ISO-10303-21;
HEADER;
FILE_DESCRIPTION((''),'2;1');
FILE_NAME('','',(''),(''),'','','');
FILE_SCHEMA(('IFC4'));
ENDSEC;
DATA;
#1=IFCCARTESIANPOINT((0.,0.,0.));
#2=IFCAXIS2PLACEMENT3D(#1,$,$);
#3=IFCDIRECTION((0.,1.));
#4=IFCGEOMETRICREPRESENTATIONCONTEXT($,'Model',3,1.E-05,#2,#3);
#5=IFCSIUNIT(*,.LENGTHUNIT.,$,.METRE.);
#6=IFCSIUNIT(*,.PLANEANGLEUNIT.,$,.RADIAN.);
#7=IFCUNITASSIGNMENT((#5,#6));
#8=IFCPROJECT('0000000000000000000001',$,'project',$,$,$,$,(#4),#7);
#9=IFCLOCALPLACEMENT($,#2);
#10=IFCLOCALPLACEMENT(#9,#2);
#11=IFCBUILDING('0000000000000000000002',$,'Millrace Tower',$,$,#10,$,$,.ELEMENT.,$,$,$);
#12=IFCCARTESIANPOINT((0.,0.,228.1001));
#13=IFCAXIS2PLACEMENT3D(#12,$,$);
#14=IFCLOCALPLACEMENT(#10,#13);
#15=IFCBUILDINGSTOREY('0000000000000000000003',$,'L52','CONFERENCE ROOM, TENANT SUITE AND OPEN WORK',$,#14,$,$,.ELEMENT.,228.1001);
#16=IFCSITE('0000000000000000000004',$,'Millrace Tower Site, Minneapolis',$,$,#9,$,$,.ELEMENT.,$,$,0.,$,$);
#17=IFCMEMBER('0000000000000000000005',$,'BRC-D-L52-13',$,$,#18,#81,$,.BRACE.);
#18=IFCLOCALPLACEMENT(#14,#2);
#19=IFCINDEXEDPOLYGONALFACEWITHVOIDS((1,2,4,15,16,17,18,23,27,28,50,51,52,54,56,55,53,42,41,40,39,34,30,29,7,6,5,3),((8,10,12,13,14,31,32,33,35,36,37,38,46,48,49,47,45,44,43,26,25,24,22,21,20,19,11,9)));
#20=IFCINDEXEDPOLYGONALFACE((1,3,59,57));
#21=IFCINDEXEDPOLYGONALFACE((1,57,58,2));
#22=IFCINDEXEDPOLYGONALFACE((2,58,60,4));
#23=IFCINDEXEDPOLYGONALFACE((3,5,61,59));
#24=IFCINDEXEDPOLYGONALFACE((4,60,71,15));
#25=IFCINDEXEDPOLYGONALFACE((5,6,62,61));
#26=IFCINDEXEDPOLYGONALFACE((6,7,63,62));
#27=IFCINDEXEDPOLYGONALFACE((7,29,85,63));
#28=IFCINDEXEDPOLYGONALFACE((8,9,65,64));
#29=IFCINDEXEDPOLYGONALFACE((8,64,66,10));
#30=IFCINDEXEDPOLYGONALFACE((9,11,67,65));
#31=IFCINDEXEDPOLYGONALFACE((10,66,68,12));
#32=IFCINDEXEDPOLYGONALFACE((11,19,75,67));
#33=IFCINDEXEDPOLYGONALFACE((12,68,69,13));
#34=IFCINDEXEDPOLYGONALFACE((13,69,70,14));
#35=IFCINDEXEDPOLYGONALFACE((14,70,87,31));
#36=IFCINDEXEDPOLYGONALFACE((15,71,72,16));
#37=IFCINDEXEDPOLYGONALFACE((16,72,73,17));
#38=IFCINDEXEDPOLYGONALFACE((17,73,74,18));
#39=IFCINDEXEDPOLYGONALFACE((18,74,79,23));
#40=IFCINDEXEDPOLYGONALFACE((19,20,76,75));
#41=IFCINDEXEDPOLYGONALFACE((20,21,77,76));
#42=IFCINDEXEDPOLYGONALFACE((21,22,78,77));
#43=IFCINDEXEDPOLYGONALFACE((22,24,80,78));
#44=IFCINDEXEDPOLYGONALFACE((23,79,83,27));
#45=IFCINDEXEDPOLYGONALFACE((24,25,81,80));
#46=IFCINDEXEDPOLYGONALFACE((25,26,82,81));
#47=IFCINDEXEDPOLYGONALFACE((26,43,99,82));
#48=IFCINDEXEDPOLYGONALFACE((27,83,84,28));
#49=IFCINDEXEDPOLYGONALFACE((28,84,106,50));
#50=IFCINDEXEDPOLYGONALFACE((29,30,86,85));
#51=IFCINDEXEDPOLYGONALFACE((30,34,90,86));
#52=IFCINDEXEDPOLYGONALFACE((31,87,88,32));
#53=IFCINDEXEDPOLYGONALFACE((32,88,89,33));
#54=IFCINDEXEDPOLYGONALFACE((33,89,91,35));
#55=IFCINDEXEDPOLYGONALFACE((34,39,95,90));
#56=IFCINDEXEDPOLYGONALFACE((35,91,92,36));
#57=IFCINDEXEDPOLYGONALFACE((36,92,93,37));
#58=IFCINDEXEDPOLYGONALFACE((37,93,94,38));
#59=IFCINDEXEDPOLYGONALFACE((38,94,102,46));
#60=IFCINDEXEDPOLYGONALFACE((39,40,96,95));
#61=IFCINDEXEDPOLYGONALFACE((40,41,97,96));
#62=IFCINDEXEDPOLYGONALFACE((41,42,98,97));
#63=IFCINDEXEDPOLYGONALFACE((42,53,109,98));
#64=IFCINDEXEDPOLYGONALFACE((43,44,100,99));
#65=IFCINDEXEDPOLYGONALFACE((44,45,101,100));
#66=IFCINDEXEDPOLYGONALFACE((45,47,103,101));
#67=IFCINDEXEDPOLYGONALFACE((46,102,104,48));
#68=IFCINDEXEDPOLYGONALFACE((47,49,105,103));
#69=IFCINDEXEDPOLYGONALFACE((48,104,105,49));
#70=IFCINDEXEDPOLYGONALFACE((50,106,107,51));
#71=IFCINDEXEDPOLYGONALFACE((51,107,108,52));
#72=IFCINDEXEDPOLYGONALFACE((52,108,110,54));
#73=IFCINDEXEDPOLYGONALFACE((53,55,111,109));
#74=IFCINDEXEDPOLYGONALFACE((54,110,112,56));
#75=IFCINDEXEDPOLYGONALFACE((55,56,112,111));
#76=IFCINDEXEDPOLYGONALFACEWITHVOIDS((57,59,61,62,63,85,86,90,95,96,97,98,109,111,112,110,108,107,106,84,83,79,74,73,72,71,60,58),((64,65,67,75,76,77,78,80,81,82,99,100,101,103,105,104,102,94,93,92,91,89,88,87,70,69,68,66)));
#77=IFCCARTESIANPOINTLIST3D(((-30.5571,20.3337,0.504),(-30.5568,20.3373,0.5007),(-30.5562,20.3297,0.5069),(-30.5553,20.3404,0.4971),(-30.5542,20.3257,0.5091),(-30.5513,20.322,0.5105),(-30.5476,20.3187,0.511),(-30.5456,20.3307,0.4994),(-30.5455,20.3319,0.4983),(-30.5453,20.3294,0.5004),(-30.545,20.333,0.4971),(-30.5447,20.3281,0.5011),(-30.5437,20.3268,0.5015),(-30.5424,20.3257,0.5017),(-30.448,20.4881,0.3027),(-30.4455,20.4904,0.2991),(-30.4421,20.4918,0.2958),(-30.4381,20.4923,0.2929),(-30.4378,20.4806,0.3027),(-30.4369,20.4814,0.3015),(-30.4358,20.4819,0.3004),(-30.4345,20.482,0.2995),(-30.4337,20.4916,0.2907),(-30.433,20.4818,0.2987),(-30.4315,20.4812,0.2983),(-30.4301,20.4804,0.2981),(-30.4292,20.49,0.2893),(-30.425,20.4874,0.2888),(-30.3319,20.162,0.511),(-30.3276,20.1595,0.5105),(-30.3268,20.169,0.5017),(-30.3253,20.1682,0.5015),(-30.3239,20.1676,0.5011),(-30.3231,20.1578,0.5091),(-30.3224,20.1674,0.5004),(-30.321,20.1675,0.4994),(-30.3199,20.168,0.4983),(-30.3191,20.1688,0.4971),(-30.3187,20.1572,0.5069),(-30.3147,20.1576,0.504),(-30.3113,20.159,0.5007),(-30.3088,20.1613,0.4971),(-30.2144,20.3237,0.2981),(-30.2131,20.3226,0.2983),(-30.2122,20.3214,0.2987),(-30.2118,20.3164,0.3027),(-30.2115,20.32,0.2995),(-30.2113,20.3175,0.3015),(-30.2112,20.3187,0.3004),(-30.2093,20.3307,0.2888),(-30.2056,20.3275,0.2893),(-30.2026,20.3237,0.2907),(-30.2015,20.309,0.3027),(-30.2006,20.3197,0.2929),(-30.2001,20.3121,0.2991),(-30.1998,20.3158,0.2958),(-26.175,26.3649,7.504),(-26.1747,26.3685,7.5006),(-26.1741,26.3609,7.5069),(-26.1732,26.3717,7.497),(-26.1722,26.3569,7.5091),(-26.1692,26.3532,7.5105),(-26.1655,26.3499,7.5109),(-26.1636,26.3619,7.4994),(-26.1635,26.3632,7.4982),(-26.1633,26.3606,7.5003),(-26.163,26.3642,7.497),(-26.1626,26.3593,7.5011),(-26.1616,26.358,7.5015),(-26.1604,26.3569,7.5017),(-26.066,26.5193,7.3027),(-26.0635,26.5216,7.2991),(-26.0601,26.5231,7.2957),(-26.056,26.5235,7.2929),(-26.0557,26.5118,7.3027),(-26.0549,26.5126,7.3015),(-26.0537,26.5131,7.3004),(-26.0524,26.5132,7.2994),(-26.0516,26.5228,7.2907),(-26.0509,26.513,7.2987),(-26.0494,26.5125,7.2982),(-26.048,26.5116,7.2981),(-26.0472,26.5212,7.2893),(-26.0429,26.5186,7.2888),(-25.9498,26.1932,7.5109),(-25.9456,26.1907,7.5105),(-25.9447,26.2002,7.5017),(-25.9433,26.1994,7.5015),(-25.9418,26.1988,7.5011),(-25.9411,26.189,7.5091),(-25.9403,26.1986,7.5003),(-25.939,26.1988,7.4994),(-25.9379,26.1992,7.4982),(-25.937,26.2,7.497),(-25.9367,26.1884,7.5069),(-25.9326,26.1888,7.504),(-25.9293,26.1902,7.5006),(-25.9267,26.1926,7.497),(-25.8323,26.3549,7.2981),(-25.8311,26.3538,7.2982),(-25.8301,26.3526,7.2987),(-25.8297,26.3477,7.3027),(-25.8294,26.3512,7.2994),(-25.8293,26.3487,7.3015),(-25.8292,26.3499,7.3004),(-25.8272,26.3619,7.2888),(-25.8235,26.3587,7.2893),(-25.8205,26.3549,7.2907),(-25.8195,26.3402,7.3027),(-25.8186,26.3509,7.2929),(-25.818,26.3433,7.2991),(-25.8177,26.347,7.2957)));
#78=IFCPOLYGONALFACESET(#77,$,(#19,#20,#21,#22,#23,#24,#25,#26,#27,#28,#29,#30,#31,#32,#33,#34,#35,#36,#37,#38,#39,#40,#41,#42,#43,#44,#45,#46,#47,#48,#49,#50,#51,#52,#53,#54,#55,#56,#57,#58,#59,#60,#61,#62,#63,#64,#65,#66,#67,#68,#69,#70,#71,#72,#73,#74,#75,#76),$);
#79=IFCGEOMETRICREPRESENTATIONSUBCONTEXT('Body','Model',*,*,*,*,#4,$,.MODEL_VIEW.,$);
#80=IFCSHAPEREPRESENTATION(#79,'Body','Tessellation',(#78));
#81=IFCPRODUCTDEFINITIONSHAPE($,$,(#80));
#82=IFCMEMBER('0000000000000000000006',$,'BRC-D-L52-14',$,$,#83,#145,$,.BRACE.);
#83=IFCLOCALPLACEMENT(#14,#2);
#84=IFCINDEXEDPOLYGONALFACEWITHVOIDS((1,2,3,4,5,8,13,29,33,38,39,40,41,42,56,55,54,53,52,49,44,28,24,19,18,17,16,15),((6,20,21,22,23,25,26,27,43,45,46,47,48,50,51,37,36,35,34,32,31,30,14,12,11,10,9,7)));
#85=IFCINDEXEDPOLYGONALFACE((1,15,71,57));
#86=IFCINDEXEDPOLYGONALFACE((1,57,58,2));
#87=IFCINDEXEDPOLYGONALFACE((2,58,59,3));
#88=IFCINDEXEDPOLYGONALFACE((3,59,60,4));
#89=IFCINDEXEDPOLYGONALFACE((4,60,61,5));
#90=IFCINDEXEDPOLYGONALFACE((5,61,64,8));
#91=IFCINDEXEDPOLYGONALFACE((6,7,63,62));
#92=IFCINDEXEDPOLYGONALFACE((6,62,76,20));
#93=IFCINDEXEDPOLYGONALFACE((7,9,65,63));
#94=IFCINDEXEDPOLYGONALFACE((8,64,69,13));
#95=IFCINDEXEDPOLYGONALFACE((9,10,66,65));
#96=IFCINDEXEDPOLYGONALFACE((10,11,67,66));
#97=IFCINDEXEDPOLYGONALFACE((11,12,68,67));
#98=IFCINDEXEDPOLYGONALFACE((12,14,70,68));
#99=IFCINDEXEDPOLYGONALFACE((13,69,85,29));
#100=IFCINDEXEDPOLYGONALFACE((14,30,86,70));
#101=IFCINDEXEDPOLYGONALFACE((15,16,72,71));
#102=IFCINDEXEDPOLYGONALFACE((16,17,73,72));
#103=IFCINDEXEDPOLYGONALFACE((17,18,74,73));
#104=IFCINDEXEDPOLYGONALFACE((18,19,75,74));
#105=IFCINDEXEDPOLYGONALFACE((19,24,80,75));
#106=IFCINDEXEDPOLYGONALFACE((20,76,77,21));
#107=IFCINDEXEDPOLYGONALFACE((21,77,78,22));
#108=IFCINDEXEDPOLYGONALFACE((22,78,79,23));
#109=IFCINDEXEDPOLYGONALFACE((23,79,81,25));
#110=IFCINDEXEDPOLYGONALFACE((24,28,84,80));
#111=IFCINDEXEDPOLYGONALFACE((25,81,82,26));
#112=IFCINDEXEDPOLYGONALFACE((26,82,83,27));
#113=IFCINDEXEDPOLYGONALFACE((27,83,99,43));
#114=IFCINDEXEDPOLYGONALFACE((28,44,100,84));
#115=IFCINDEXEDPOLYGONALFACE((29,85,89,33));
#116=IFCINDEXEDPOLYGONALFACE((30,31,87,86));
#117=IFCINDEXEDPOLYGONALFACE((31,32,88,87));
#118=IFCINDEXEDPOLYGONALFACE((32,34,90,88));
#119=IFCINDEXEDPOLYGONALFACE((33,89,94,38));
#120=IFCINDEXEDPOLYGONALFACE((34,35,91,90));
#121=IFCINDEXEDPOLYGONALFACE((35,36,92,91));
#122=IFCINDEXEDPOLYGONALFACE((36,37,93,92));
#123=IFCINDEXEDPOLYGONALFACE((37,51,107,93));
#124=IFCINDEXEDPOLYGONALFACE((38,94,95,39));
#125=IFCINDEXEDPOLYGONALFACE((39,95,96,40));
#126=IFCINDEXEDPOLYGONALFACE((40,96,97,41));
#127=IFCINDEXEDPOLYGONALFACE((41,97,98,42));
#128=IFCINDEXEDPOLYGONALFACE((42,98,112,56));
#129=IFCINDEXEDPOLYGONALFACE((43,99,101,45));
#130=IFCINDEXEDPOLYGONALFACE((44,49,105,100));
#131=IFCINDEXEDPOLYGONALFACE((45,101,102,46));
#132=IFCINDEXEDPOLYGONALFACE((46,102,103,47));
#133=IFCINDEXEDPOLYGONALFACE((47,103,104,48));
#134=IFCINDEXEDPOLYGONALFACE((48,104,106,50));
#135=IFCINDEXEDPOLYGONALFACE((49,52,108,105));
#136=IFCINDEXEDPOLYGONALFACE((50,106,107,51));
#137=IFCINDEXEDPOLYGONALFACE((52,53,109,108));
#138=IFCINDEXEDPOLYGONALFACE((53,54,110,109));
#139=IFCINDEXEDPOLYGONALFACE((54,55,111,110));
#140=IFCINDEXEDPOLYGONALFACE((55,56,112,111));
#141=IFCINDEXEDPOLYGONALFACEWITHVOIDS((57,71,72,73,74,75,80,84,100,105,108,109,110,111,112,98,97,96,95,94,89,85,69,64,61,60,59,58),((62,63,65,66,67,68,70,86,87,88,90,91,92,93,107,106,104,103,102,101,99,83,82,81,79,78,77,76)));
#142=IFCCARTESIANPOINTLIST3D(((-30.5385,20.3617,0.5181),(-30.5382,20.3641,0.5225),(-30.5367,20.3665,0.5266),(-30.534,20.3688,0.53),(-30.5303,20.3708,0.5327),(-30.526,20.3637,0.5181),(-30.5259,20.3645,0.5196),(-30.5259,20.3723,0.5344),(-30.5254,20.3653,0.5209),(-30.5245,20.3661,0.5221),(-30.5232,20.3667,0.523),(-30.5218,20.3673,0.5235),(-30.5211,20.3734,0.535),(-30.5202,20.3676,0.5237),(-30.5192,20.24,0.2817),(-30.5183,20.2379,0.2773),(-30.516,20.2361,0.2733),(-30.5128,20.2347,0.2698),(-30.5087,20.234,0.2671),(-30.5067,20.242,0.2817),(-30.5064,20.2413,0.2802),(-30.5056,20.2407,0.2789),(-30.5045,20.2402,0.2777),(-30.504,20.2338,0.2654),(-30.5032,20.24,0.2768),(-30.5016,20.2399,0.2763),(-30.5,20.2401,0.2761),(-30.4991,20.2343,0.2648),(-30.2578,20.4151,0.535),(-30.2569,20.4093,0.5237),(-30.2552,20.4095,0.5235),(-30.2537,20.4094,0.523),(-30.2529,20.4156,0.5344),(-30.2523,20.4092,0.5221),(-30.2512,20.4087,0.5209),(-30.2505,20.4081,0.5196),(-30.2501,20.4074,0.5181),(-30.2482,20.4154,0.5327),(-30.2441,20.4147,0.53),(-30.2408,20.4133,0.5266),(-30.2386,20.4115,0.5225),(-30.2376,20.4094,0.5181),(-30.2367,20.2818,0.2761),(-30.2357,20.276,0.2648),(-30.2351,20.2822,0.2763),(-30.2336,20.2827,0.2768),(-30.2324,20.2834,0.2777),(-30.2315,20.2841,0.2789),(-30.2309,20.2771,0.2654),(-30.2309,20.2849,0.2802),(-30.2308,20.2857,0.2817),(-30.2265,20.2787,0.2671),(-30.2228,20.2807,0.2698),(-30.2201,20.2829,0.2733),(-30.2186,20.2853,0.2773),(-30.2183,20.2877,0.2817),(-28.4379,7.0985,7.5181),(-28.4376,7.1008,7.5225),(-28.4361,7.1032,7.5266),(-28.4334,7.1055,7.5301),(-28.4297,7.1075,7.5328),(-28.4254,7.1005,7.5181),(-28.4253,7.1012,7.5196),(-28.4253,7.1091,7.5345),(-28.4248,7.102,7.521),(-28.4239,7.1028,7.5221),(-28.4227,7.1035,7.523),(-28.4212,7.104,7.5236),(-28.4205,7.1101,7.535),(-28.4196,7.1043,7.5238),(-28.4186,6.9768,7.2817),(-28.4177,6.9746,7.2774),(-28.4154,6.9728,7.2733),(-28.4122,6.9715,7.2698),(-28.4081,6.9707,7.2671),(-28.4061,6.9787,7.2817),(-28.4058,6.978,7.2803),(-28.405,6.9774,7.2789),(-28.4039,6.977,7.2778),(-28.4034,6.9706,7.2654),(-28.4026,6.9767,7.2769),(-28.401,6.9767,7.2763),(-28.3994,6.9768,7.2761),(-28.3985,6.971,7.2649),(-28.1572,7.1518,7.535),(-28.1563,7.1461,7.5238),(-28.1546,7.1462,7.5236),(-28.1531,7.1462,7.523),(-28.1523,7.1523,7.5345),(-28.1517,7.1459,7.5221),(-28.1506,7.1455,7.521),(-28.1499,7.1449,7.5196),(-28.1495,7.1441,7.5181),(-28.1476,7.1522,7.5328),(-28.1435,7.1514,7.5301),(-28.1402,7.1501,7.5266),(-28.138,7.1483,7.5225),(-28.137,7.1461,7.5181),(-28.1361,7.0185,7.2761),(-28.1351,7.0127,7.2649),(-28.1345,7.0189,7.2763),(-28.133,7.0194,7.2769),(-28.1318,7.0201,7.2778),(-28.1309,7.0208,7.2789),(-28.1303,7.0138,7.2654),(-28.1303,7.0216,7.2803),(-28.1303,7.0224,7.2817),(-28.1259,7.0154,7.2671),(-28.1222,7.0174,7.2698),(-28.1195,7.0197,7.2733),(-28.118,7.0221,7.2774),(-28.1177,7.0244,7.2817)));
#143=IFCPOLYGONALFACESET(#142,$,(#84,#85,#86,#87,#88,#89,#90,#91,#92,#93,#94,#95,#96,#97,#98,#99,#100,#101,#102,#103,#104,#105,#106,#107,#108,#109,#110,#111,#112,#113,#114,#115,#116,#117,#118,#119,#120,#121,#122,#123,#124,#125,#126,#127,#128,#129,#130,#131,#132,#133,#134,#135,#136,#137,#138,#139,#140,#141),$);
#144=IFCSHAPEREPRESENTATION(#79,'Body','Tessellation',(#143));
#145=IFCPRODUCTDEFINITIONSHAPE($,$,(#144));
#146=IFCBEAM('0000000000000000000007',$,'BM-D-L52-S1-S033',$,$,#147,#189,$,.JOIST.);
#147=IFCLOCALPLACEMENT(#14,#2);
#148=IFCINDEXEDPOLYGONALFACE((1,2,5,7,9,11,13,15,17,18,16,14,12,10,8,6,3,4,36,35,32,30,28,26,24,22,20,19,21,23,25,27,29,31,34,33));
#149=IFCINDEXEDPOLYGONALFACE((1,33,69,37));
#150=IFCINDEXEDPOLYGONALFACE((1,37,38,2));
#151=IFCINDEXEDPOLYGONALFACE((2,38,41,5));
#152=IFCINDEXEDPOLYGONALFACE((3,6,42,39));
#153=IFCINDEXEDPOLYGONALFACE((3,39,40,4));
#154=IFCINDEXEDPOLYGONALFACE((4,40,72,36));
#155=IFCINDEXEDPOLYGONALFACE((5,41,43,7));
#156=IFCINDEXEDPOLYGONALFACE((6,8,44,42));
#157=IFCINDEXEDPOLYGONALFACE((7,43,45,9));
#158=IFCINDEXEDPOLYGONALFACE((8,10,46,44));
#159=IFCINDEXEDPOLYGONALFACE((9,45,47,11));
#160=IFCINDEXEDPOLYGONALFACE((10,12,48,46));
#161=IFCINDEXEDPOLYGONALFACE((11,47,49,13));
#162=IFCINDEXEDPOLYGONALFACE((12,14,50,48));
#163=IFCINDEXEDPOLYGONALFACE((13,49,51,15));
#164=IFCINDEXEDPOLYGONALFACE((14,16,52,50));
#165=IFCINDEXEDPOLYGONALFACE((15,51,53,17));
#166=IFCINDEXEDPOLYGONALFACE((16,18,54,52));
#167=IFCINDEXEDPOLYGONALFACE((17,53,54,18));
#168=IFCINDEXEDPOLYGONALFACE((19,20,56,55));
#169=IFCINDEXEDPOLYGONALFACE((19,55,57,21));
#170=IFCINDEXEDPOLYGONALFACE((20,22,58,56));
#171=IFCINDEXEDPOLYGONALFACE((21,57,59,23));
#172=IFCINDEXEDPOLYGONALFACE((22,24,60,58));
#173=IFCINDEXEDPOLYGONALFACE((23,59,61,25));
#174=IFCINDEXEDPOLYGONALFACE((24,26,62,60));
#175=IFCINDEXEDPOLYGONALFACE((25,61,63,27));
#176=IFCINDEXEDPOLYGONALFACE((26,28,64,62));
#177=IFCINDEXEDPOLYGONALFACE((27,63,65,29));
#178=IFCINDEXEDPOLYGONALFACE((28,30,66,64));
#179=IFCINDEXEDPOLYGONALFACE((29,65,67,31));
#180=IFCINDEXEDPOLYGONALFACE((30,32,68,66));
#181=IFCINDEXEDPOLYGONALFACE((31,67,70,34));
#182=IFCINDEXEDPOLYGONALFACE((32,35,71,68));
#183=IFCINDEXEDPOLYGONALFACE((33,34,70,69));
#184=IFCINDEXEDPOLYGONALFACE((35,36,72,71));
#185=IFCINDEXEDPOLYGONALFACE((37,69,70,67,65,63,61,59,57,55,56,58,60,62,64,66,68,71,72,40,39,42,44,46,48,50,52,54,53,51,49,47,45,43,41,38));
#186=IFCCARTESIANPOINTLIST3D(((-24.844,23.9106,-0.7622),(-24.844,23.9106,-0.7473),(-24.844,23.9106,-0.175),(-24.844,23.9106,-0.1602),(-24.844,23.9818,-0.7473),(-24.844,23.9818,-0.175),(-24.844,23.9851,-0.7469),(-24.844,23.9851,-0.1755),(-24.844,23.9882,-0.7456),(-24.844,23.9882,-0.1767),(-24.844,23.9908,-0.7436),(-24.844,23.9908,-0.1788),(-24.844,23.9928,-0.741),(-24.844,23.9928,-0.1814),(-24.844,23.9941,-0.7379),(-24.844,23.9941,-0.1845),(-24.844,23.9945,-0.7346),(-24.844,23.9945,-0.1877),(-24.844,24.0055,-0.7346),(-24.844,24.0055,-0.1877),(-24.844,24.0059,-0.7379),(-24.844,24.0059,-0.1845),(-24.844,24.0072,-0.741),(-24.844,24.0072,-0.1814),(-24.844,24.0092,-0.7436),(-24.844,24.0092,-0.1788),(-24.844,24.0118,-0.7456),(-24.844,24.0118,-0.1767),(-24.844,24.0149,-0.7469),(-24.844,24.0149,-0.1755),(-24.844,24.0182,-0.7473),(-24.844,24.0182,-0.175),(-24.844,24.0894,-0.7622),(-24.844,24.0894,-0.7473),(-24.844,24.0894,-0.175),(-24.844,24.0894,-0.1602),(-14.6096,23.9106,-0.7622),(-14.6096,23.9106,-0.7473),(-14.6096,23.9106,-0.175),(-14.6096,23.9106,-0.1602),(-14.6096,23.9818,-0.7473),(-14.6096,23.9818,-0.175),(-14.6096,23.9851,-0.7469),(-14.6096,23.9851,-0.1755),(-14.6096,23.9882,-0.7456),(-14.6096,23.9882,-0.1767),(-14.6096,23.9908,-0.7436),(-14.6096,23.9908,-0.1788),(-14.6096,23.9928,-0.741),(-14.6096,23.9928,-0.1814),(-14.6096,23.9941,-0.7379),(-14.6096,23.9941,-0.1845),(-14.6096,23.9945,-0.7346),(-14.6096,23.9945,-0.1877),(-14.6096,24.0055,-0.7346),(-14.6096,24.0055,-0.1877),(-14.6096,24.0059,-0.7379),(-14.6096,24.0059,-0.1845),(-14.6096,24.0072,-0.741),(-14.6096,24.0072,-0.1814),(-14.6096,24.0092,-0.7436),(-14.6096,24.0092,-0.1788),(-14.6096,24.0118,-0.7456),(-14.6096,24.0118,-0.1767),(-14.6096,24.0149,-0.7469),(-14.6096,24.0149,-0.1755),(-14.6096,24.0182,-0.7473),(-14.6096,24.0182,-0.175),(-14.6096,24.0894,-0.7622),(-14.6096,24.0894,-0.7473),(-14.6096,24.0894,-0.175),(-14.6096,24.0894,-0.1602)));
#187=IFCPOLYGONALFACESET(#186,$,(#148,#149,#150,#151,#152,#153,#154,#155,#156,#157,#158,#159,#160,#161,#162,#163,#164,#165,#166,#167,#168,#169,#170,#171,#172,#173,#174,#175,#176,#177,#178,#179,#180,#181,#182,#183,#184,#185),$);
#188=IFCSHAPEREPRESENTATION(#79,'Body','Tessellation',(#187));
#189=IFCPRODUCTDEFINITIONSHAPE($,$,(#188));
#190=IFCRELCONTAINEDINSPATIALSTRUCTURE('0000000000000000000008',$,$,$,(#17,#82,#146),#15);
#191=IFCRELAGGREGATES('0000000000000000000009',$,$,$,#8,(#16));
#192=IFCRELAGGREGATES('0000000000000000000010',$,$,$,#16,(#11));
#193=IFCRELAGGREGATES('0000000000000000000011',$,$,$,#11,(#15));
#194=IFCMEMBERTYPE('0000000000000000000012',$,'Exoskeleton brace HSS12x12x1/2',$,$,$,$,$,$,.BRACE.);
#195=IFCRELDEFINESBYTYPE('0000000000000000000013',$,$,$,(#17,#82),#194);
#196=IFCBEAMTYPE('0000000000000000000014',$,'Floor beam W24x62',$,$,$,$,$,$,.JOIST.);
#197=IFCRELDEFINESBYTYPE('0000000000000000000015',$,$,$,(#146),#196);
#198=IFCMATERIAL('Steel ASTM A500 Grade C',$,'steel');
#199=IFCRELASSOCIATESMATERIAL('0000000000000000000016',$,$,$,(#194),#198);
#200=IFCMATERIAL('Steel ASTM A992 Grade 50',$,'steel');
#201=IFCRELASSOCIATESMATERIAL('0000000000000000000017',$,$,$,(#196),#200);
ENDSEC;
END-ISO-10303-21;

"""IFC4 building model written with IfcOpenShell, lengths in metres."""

from ifc_helpers import new_model, si_unit, direction, frame, origin, origin_2d, place, context, subcontext, project, spatial, hollow_rectangle, i_section, extrude, material, material_profile, profile_set, type_object, element, save


model = new_model("IFC4")

# Units and contexts
model_context = context("Model", 3, precision=1e-05, world=origin(), true_north=direction((0.0, 1.0)))
body_context = subcontext(model_context, "Body", "Model", "MODEL_VIEW")
ifc_project = project(units=[si_unit("LENGTHUNIT", "METRE"), si_unit("PLANEANGLEUNIT", "RADIAN")], contexts=[model_context])

# Site, building, storey
site_placement = place(None, origin())
site = spatial("IfcSite", under=ifc_project, at=site_placement, Name="Millrace Tower Site, Minneapolis", CompositionType="ELEMENT", RefElevation=0.0)
building_placement = place(site_placement, origin())
building = spatial("IfcBuilding", under=site, at=building_placement, Name="Millrace Tower", CompositionType="ELEMENT")
storey_placement = place(building_placement, frame((0.0, 0.0, 228.1001)))
storey = spatial("IfcBuildingStorey", under=building, at=storey_placement, Name="L52", Description="CONFERENCE ROOM, TENANT SUITE AND OPEN WORK", CompositionType="ELEMENT", Elevation=228.1001)

# Members
ifc_material_1 = material(Name="Steel ASTM A500 Grade C", Category="steel")
ifc_material_profile_1 = material_profile(ifc_material_1, hollow_rectangle(XDim=0.3047, YDim=0.3047, WallThickness=0.0127, InnerFilletRadius=0.0063, OuterFilletRadius=0.019, at=origin_2d()))
ifc_profile_set_1 = profile_set([ifc_material_profile_1], Name="Steel ASTM A500 Grade C")
member_type_1 = type_object("IfcMemberType", Name="Exoskeleton brace HSS12x12x1/2", PredefinedType="BRACE", material=ifc_profile_set_1)
member_1_placement = place(storey_placement, frame((-30.3784, 20.3247, 0.3999), z_axis=(0.428508, 0.589774, 0.684505), x_axis=(-0.809009, 0.587796, 0.0)))
element("IfcMember", 1, at=member_1_placement, inside=storey, type_object=member_type_1, Name="BRC-D-L52-13", PredefinedType="BRACE", context=body_context, shape_type="SweptSolid", body=[
    extrude(hollow_rectangle(XDim=0.3047, YDim=0.3047, WallThickness=0.0127, InnerFilletRadius=0.0063, OuterFilletRadius=0.019, at=origin_2d()), origin(), (0.0, 0.0, 1.0), 10.2263),
])
member_2_placement = place(storey_placement, frame((-30.3784, 20.3247, 0.3999), z_axis=(0.138712, -0.875836, 0.462246), x_axis=(0.987689, 0.156427, 0.0)))
element("IfcMember", 2, at=member_2_placement, inside=storey, type_object=member_type_1, Name="BRC-D-L52-14", PredefinedType="BRACE", context=body_context, shape_type="SweptSolid", body=[
    extrude(hollow_rectangle(XDim=0.3047, YDim=0.3047, WallThickness=0.0127, InnerFilletRadius=0.0063, OuterFilletRadius=0.019, at=origin_2d()), origin(), (0.0, 0.0, 1.0), 15.1436),
])

# Beam
ifc_material_2 = material(Name="Steel ASTM A992 Grade 50", Category="steel")
ifc_material_profile_2 = material_profile(ifc_material_2, i_section(OverallWidth=0.1787, OverallDepth=0.6021, WebThickness=0.011, FlangeThickness=0.0149, FilletRadius=0.0127, at=origin_2d()))
ifc_profile_set_2 = profile_set([ifc_material_profile_2], Name="Steel ASTM A992 Grade 50")
beam_type_1 = type_object("IfcBeamType", Name="Floor beam W24x62", PredefinedType="JOIST", material=ifc_profile_set_2)
beam_1_placement = place(storey_placement, frame((-24.844, 24.0, -0.4612), z_axis=(1.0, 0.0, 0.0), x_axis=(0.0, 1.0, 0.0)))
element("IfcBeam", 3, at=beam_1_placement, inside=storey, type_object=beam_type_1, Name="BM-D-L52-S1-S033", PredefinedType="JOIST", context=body_context, shape_type="SweptSolid", body=[
    extrude(i_section(OverallWidth=0.1787, OverallDepth=0.6021, WebThickness=0.011, FlangeThickness=0.0149, FilletRadius=0.0127, at=origin_2d()), origin(), (0.0, 0.0, 1.0), 10.2344),
])

save(model, "model.ifc")
